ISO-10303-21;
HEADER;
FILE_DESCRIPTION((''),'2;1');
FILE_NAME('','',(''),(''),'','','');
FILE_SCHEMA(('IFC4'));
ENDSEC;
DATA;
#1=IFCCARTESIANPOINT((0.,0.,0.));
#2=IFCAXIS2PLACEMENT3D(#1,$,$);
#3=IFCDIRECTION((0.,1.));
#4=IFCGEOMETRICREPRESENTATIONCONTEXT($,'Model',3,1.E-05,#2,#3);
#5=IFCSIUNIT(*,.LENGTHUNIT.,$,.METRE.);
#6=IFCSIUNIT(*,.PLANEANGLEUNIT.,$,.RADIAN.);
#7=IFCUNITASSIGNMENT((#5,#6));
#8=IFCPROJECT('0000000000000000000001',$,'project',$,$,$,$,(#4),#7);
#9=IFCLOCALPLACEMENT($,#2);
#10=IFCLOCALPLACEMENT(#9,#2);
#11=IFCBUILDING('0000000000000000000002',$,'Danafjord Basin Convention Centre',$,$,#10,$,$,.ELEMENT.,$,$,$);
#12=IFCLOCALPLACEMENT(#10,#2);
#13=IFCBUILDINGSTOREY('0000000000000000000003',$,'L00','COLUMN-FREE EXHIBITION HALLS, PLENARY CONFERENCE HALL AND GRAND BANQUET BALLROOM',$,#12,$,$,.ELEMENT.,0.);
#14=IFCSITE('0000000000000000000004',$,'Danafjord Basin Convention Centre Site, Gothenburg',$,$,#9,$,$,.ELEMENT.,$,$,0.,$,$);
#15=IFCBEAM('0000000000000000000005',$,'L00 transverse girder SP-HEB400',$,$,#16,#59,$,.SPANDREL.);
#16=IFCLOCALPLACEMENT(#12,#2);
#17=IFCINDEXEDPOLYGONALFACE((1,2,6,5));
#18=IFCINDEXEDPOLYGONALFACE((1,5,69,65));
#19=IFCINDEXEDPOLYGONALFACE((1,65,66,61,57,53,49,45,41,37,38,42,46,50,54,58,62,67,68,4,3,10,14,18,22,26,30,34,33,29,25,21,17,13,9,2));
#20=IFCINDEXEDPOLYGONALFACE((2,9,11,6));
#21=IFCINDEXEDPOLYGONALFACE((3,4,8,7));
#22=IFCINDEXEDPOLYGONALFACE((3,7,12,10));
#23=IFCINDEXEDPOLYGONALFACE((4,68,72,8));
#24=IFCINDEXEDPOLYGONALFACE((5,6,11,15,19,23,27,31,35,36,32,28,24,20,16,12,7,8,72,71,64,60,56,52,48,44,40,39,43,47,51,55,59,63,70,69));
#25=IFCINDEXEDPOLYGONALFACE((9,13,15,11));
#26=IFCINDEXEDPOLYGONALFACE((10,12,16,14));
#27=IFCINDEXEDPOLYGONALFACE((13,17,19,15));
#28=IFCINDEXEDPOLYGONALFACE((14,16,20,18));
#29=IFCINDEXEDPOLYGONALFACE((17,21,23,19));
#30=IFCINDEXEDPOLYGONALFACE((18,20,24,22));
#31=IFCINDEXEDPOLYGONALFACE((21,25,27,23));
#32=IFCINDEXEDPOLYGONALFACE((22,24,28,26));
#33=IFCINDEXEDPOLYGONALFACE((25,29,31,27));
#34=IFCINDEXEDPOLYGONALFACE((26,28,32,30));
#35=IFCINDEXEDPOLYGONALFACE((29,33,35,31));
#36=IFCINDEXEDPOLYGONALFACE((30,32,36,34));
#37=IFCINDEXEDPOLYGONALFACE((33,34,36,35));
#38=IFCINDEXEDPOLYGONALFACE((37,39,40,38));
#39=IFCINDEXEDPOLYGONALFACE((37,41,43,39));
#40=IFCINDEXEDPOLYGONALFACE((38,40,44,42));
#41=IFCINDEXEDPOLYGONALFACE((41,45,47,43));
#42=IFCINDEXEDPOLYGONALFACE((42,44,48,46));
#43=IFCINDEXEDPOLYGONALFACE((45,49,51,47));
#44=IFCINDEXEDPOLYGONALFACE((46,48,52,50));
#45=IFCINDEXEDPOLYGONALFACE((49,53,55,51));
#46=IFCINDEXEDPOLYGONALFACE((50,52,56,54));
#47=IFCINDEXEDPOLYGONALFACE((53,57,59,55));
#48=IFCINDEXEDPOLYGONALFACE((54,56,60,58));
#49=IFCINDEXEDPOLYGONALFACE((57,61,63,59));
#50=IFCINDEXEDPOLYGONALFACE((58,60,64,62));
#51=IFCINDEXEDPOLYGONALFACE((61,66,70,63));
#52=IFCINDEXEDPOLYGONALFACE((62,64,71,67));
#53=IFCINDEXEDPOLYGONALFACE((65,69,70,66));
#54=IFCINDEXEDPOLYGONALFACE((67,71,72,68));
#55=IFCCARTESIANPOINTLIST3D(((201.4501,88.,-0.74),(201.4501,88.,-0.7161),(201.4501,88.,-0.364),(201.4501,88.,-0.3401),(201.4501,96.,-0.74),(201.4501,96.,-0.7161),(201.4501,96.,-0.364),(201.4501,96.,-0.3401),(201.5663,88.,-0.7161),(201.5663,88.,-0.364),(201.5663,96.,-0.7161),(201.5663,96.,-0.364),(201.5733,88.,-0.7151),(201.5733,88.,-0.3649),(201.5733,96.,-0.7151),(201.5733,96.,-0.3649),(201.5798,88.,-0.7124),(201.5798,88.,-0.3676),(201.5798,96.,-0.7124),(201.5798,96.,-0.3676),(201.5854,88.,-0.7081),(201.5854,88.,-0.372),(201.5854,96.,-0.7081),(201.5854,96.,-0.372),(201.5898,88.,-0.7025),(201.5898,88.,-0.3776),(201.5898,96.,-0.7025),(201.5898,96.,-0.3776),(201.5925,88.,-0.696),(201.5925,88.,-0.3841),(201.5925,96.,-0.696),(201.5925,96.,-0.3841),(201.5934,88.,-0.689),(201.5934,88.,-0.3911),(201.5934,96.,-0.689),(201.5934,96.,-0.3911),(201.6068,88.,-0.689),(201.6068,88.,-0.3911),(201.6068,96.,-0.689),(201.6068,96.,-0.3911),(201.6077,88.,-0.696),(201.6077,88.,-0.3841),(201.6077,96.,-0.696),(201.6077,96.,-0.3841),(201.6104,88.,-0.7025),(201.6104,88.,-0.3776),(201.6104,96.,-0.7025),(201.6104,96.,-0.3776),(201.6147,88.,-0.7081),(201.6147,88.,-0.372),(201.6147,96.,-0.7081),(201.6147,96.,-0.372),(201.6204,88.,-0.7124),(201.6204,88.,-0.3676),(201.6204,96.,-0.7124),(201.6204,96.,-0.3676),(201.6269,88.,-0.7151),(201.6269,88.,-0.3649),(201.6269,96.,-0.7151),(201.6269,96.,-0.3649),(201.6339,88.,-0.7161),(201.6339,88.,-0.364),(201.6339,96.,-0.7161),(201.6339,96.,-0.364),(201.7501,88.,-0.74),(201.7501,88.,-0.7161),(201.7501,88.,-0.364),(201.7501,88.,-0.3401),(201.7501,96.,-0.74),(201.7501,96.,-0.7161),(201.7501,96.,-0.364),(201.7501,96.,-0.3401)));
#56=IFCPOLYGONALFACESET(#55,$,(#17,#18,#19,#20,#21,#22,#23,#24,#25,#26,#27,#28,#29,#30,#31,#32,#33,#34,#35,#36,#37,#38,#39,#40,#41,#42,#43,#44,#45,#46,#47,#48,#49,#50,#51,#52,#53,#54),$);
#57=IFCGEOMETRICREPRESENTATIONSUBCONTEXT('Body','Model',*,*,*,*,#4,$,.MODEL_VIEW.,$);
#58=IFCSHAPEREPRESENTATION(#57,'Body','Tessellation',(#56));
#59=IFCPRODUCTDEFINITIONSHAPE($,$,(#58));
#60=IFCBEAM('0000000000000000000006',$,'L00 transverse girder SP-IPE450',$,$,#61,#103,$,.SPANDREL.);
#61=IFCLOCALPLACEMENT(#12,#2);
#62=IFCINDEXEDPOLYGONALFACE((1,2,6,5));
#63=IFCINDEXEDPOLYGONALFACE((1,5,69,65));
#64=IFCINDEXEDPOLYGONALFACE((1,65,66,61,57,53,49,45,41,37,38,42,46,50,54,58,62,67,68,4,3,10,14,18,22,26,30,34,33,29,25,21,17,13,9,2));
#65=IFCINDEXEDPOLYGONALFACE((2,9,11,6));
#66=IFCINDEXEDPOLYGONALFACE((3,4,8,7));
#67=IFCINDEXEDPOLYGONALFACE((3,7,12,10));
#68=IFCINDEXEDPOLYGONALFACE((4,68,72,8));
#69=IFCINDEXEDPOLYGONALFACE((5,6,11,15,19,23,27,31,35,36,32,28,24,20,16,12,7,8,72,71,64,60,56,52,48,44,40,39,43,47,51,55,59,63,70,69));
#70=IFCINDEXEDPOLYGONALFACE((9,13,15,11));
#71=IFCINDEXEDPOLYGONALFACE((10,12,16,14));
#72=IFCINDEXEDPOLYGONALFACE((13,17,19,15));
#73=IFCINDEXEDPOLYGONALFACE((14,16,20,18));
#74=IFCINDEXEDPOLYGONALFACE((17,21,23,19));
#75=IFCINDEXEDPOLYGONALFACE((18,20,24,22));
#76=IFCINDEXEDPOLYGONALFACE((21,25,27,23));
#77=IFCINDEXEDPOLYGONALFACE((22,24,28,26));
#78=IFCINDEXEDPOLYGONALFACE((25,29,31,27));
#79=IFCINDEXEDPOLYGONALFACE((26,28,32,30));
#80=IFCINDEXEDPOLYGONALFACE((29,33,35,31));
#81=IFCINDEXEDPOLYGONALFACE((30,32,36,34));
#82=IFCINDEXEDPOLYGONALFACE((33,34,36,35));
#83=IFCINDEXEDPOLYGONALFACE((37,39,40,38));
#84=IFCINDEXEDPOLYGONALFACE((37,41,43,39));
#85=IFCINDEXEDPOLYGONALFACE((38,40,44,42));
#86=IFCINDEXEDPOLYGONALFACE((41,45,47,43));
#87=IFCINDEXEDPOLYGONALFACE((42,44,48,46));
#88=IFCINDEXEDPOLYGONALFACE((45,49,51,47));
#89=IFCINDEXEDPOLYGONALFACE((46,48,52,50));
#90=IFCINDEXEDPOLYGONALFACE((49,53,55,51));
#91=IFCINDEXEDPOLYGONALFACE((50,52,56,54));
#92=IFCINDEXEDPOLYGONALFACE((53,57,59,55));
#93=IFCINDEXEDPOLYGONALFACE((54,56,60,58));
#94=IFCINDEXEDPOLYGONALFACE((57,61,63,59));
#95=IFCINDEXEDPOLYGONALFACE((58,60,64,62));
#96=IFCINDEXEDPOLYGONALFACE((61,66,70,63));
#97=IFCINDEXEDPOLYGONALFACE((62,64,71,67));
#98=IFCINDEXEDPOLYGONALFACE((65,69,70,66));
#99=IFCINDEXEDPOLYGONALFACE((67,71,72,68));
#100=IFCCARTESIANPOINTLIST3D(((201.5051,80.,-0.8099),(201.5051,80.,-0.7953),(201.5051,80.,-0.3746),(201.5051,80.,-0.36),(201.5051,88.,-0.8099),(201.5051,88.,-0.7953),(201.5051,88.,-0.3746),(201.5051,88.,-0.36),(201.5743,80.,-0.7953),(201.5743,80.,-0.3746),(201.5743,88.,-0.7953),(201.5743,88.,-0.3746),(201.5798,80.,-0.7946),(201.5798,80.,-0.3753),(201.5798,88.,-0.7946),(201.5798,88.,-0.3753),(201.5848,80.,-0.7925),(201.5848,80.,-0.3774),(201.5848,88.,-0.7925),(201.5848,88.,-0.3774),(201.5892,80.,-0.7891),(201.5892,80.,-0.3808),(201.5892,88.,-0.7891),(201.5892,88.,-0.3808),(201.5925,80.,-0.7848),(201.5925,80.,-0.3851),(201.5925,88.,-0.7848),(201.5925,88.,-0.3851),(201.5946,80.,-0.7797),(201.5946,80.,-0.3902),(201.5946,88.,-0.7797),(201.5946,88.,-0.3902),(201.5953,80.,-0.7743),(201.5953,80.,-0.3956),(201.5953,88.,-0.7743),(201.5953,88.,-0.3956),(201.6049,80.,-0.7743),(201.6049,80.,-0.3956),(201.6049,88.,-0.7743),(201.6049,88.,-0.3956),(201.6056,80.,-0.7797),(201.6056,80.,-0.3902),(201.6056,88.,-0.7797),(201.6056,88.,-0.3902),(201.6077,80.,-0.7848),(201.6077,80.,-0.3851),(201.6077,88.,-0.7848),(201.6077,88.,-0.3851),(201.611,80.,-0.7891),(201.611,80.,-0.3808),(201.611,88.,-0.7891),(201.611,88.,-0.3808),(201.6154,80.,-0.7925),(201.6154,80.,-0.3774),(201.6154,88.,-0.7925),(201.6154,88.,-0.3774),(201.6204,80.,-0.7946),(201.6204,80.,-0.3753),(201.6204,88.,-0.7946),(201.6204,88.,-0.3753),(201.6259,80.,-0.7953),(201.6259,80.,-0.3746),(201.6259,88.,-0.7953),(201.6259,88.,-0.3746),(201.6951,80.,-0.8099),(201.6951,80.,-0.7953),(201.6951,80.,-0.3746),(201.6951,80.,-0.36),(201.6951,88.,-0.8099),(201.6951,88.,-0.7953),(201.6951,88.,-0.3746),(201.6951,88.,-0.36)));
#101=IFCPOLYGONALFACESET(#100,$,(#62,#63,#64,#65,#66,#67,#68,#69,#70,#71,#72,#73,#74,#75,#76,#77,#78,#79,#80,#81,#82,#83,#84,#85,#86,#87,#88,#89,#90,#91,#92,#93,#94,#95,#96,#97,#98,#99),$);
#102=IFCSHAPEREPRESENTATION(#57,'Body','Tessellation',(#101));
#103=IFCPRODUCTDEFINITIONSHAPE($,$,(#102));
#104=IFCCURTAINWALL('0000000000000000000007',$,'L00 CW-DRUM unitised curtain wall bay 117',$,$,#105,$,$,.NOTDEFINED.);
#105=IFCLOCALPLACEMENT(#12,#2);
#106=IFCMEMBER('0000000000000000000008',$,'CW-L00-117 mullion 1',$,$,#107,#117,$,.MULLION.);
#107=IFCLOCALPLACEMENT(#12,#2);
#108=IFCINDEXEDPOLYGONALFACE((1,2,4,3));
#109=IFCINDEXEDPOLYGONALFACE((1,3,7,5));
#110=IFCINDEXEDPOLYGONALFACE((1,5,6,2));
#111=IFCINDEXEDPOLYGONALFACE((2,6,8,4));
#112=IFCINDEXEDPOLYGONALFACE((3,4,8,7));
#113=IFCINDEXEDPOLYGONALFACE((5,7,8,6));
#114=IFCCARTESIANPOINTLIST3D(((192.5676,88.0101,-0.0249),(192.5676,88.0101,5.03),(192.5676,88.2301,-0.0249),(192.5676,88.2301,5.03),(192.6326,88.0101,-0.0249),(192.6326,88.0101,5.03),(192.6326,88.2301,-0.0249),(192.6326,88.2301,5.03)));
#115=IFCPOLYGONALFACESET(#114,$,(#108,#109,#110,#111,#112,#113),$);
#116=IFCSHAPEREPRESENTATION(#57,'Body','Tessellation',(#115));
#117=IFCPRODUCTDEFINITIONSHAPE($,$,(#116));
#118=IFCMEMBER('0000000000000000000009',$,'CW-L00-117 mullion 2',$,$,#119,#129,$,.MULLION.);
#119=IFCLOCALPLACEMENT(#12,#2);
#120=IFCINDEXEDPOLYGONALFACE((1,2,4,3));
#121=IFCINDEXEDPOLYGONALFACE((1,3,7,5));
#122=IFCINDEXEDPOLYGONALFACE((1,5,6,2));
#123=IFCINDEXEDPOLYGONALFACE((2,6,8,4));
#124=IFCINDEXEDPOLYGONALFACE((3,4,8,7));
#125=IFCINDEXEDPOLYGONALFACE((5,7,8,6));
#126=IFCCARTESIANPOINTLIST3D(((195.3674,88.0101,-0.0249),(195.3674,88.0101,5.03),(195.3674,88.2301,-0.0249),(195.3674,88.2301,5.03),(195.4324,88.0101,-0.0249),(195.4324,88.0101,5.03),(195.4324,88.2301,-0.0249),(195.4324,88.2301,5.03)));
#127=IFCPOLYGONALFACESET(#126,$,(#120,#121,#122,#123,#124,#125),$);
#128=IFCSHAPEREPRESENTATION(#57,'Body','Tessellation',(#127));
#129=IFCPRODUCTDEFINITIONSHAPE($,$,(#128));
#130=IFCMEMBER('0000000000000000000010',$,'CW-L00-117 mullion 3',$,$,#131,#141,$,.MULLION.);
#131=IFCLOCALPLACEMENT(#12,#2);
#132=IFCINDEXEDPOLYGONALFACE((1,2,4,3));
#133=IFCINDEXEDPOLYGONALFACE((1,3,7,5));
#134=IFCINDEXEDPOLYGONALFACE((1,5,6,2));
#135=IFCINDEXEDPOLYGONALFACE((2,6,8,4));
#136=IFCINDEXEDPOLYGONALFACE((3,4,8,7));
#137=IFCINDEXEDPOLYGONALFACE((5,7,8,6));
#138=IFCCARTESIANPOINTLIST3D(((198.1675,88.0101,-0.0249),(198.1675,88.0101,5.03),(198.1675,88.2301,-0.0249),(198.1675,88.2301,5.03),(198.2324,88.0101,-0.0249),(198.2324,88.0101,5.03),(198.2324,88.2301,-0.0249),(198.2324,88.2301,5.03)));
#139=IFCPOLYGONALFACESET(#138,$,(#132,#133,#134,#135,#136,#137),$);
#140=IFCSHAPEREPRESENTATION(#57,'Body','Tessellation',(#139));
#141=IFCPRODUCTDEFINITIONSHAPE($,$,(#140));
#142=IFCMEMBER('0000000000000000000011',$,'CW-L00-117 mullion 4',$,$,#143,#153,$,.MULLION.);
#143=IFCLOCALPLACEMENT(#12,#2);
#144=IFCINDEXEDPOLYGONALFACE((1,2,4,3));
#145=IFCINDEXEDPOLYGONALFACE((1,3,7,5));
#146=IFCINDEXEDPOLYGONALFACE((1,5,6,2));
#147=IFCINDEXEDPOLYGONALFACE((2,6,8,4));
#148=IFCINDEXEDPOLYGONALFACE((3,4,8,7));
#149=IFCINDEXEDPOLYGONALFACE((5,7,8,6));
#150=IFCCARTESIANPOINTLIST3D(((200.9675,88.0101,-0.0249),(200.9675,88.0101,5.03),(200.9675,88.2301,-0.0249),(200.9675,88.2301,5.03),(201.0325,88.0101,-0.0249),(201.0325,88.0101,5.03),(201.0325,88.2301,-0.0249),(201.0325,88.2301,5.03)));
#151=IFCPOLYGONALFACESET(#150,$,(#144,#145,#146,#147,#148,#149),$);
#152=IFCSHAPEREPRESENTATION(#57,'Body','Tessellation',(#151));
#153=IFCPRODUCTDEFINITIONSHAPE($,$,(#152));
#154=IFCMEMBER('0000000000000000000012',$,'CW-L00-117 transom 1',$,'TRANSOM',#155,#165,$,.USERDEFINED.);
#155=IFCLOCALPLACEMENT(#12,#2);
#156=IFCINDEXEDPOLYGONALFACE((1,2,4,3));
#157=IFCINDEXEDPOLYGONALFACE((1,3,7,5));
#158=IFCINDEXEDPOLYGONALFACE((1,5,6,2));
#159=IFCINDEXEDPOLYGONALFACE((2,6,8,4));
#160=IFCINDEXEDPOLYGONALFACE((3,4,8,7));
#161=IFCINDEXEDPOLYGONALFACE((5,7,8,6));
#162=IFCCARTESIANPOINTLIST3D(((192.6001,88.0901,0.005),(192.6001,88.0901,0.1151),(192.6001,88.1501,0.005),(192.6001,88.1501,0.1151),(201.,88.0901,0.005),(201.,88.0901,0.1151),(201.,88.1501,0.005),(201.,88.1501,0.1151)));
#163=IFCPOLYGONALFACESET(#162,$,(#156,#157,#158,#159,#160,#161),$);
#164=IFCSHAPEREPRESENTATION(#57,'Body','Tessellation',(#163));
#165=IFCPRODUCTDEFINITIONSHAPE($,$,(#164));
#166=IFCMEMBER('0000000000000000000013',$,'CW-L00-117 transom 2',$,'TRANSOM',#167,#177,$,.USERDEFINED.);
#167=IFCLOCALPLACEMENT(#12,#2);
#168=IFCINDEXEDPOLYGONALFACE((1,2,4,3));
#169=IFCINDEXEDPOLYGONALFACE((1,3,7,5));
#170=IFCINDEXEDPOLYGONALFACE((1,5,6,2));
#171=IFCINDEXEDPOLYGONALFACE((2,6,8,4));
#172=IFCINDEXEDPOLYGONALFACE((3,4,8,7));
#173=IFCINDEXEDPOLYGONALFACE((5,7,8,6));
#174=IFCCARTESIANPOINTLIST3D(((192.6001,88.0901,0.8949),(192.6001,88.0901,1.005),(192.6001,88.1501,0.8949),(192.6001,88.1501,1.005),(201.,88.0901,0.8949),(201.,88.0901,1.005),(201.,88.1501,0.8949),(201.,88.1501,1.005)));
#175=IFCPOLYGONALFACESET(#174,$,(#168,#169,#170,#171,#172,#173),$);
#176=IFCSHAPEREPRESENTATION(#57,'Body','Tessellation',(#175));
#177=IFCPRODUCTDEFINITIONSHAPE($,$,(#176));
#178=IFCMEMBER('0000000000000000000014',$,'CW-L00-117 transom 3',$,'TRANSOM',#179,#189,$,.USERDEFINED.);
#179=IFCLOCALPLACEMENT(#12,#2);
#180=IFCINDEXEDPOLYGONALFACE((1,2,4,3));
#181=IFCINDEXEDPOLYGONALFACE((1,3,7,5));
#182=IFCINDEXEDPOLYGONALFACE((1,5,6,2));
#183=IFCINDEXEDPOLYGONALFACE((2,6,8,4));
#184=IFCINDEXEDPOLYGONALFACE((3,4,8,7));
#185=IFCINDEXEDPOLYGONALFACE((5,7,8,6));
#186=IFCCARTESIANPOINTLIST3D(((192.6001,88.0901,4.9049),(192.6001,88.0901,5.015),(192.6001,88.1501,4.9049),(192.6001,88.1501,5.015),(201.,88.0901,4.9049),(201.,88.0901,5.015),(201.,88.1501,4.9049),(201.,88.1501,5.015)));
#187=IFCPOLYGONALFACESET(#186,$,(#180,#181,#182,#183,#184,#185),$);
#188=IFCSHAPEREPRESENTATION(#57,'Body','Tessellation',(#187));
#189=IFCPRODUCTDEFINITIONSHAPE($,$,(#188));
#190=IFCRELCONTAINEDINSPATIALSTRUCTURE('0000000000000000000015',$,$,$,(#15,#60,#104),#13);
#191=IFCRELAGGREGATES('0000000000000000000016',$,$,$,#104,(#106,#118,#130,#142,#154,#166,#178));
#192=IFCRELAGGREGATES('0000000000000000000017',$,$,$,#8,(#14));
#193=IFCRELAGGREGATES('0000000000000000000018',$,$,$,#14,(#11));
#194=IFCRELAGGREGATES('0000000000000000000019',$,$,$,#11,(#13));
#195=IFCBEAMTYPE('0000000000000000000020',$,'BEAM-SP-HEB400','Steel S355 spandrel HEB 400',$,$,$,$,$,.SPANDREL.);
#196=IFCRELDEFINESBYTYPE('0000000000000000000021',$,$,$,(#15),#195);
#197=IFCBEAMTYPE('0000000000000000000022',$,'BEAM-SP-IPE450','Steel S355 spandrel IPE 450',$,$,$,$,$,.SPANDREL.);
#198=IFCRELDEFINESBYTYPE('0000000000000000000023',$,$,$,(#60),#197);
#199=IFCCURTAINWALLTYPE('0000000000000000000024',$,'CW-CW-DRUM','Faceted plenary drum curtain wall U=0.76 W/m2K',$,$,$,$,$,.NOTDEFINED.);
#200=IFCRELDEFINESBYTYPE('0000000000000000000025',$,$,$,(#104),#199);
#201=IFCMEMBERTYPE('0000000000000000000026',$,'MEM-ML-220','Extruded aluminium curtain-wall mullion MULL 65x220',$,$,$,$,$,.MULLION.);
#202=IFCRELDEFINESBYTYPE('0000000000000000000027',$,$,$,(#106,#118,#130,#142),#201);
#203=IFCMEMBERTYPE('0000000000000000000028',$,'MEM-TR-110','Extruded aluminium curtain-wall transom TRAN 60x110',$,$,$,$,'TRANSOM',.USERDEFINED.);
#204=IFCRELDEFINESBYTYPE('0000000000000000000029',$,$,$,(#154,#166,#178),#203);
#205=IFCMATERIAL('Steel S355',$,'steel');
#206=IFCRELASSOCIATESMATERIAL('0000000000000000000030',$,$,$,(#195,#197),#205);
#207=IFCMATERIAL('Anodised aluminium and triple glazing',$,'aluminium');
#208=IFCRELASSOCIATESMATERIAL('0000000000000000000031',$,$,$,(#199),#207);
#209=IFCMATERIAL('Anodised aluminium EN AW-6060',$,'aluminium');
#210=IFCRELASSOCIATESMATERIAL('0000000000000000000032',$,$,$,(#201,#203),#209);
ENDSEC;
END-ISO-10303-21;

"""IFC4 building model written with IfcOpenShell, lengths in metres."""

from ifc_helpers import new_model, si_unit, direction, frame, origin, origin_2d, place, context, subcontext, project, spatial, rectangle, i_section, extrude, material, material_profile, profile_set, type_object, element, aggregate, save


model = new_model("IFC4")

# Units and contexts
model_context = context("Model", 3, precision=1e-05, world=origin(), true_north=direction((0.0, 1.0)))
body_context = subcontext(model_context, "Body", "Model", "MODEL_VIEW")
ifc_project = project(units=[si_unit("LENGTHUNIT", "METRE"), si_unit("PLANEANGLEUNIT", "RADIAN")], contexts=[model_context])

# Site, building, storey
site_placement = place(None, origin())
site = spatial("IfcSite", under=ifc_project, at=site_placement, Name="Danafjord Basin Convention Centre Site, Gothenburg", CompositionType="ELEMENT", RefElevation=0.0)
building_placement = place(site_placement, origin())
building = spatial("IfcBuilding", under=site, at=building_placement, Name="Danafjord Basin Convention Centre", CompositionType="ELEMENT")
storey_placement = place(building_placement, origin())
storey = spatial("IfcBuildingStorey", under=building, at=storey_placement, Name="L00", Description="COLUMN-FREE EXHIBITION HALLS, PLENARY CONFERENCE HALL AND GRAND BANQUET BALLROOM", CompositionType="ELEMENT", Elevation=0.0)

# Shared definitions
ifc_material_1 = material(Name="Steel S355", Category="steel")

# Beams
ifc_material_profile_1 = material_profile(ifc_material_1, i_section(OverallWidth=0.3, OverallDepth=0.3999, WebThickness=0.0134, FlangeThickness=0.0239, FilletRadius=0.0271, at=origin_2d()), Name="HEB 400")
ifc_profile_set_1 = profile_set([ifc_material_profile_1], Name="Steel S355")
beam_type_1 = type_object("IfcBeamType", Name="BEAM-SP-HEB400", Description="Steel S355 spandrel HEB 400", PredefinedType="SPANDREL", material=ifc_profile_set_1)
beam_1_placement = place(storey_placement, frame((201.6001, 88.0, -0.54), z_axis=(0.0, 1.0, 0.0), x_axis=(-1.0, 0.0, 0.0)))
element("IfcBeam", 1, at=beam_1_placement, inside=storey, type_object=beam_type_1, Name="L00 transverse girder SP-HEB400", PredefinedType="SPANDREL", context=body_context, shape_type="SweptSolid", body=[
    extrude(i_section(OverallWidth=0.3, OverallDepth=0.3999, WebThickness=0.0134, FlangeThickness=0.0239, FilletRadius=0.0271, at=origin_2d()), origin(), (0.0, 0.0, 1.0), 8.0),
])
ifc_material_profile_2 = material_profile(ifc_material_1, i_section(OverallWidth=0.1899, OverallDepth=0.45, WebThickness=0.0095, FlangeThickness=0.0146, FilletRadius=0.021, at=origin_2d()), Name="IPE 450")
ifc_profile_set_2 = profile_set([ifc_material_profile_2], Name="Steel S355")
beam_type_2 = type_object("IfcBeamType", Name="BEAM-SP-IPE450", Description="Steel S355 spandrel IPE 450", PredefinedType="SPANDREL", material=ifc_profile_set_2)
beam_2_placement = place(storey_placement, frame((201.6001, 80.0, -0.585), z_axis=(0.0, 1.0, 0.0), x_axis=(-1.0, 0.0, 0.0)))
element("IfcBeam", 2, at=beam_2_placement, inside=storey, type_object=beam_type_2, Name="L00 transverse girder SP-IPE450", PredefinedType="SPANDREL", context=body_context, shape_type="SweptSolid", body=[
    extrude(i_section(OverallWidth=0.1899, OverallDepth=0.45, WebThickness=0.0095, FlangeThickness=0.0146, FilletRadius=0.021, at=origin_2d()), origin(), (0.0, 0.0, 1.0), 8.0),
])

# Curtain wall, members
ifc_material_2 = material(Name="Anodised aluminium and triple glazing", Category="aluminium")
curtain_wall_type = type_object("IfcCurtainWallType", Name="CW-CW-DRUM", Description="Faceted plenary drum curtain wall U=0.76 W/m2K", PredefinedType="NOTDEFINED", material=ifc_material_2)
curtain_wall_placement = place(storey_placement, origin())
curtain_wall = element("IfcCurtainWall", 3, at=curtain_wall_placement, inside=storey, type_object=curtain_wall_type, Name="L00 CW-DRUM unitised curtain wall bay 117", PredefinedType="NOTDEFINED")
ifc_material_3 = material(Name="Anodised aluminium EN AW-6060", Category="aluminium")
ifc_material_profile_3 = material_profile(ifc_material_3, rectangle(XDim=0.0649, YDim=0.22, at=origin_2d()), Name="MULL 65x220")
ifc_profile_set_3 = profile_set([ifc_material_profile_3], Name="Anodised aluminium EN AW-6060")
member_type_1 = type_object("IfcMemberType", Name="MEM-ML-220", Description="Extruded aluminium curtain-wall mullion MULL 65x220", PredefinedType="MULLION", material=ifc_profile_set_3)
member_1_placement = place(storey_placement, frame((192.6001, 88.1201, -0.0249), z_axis=(0.0, 0.0, 1.0), x_axis=(1.0, 0.0, 0.0)))
member_1 = element("IfcMember", 4, at=member_1_placement, type_object=member_type_1, Name="CW-L00-117 mullion 1", PredefinedType="MULLION", context=body_context, shape_type="SweptSolid", body=[
    extrude(rectangle(XDim=0.0649, YDim=0.22, at=origin_2d()), origin(), (0.0, 0.0, 1.0), 5.0549),
])
member_2_placement = place(storey_placement, frame((195.3999, 88.1201, -0.0249), z_axis=(0.0, 0.0, 1.0), x_axis=(1.0, 0.0, 0.0)))
member_2 = element("IfcMember", 5, at=member_2_placement, type_object=member_type_1, Name="CW-L00-117 mullion 2", PredefinedType="MULLION", context=body_context, shape_type="SweptSolid", body=[
    extrude(rectangle(XDim=0.0649, YDim=0.22, at=origin_2d()), origin(), (0.0, 0.0, 1.0), 5.0549),
])
member_3_placement = place(storey_placement, frame((198.2, 88.1201, -0.0249), z_axis=(0.0, 0.0, 1.0), x_axis=(1.0, 0.0, 0.0)))
member_3 = element("IfcMember", 6, at=member_3_placement, type_object=member_type_1, Name="CW-L00-117 mullion 3", PredefinedType="MULLION", context=body_context, shape_type="SweptSolid", body=[
    extrude(rectangle(XDim=0.0649, YDim=0.22, at=origin_2d()), origin(), (0.0, 0.0, 1.0), 5.0549),
])
member_4_placement = place(storey_placement, frame((201.0, 88.1201, -0.0249), z_axis=(0.0, 0.0, 1.0), x_axis=(1.0, 0.0, 0.0)))
member_4 = element("IfcMember", 7, at=member_4_placement, type_object=member_type_1, Name="CW-L00-117 mullion 4", PredefinedType="MULLION", context=body_context, shape_type="SweptSolid", body=[
    extrude(rectangle(XDim=0.0649, YDim=0.22, at=origin_2d()), origin(), (0.0, 0.0, 1.0), 5.0549),
])
ifc_material_profile_4 = material_profile(ifc_material_3, rectangle(XDim=0.0601, YDim=0.1101, at=origin_2d()), Name="TRAN 60x110")
ifc_profile_set_4 = profile_set([ifc_material_profile_4], Name="Anodised aluminium EN AW-6060")
member_type_2 = type_object("IfcMemberType", Name="MEM-TR-110", Description="Extruded aluminium curtain-wall transom TRAN 60x110", ElementType="TRANSOM", PredefinedType="USERDEFINED", material=ifc_profile_set_4)
member_5_placement = place(storey_placement, frame((192.6001, 88.1201, 0.0601), z_axis=(1.0, 0.0, 0.0), x_axis=(0.0, 1.0, 0.0)))
member_5 = element("IfcMember", 8, at=member_5_placement, type_object=member_type_2, Name="CW-L00-117 transom 1", ObjectType="TRANSOM", PredefinedType="USERDEFINED", context=body_context, shape_type="SweptSolid", body=[
    extrude(rectangle(XDim=0.0601, YDim=0.1101, at=origin_2d()), origin(), (0.0, 0.0, 1.0), 8.3999),
])
member_6_placement = place(storey_placement, frame((192.6001, 88.1201, 0.95), z_axis=(1.0, 0.0, 0.0), x_axis=(0.0, 1.0, 0.0)))
member_6 = element("IfcMember", 9, at=member_6_placement, type_object=member_type_2, Name="CW-L00-117 transom 2", ObjectType="TRANSOM", PredefinedType="USERDEFINED", context=body_context, shape_type="SweptSolid", body=[
    extrude(rectangle(XDim=0.0601, YDim=0.1101, at=origin_2d()), origin(), (0.0, 0.0, 1.0), 8.3999),
])
member_7_placement = place(storey_placement, frame((192.6001, 88.1201, 4.96), z_axis=(1.0, 0.0, 0.0), x_axis=(0.0, 1.0, 0.0)))
member_7 = element("IfcMember", 10, at=member_7_placement, type_object=member_type_2, Name="CW-L00-117 transom 3", ObjectType="TRANSOM", PredefinedType="USERDEFINED", context=body_context, shape_type="SweptSolid", body=[
    extrude(rectangle(XDim=0.0601, YDim=0.1101, at=origin_2d()), origin(), (0.0, 0.0, 1.0), 8.3999),
])
aggregate(curtain_wall, [member_1, member_2, member_3, member_4, member_5, member_6, member_7])

save(model, "model.ifc")
